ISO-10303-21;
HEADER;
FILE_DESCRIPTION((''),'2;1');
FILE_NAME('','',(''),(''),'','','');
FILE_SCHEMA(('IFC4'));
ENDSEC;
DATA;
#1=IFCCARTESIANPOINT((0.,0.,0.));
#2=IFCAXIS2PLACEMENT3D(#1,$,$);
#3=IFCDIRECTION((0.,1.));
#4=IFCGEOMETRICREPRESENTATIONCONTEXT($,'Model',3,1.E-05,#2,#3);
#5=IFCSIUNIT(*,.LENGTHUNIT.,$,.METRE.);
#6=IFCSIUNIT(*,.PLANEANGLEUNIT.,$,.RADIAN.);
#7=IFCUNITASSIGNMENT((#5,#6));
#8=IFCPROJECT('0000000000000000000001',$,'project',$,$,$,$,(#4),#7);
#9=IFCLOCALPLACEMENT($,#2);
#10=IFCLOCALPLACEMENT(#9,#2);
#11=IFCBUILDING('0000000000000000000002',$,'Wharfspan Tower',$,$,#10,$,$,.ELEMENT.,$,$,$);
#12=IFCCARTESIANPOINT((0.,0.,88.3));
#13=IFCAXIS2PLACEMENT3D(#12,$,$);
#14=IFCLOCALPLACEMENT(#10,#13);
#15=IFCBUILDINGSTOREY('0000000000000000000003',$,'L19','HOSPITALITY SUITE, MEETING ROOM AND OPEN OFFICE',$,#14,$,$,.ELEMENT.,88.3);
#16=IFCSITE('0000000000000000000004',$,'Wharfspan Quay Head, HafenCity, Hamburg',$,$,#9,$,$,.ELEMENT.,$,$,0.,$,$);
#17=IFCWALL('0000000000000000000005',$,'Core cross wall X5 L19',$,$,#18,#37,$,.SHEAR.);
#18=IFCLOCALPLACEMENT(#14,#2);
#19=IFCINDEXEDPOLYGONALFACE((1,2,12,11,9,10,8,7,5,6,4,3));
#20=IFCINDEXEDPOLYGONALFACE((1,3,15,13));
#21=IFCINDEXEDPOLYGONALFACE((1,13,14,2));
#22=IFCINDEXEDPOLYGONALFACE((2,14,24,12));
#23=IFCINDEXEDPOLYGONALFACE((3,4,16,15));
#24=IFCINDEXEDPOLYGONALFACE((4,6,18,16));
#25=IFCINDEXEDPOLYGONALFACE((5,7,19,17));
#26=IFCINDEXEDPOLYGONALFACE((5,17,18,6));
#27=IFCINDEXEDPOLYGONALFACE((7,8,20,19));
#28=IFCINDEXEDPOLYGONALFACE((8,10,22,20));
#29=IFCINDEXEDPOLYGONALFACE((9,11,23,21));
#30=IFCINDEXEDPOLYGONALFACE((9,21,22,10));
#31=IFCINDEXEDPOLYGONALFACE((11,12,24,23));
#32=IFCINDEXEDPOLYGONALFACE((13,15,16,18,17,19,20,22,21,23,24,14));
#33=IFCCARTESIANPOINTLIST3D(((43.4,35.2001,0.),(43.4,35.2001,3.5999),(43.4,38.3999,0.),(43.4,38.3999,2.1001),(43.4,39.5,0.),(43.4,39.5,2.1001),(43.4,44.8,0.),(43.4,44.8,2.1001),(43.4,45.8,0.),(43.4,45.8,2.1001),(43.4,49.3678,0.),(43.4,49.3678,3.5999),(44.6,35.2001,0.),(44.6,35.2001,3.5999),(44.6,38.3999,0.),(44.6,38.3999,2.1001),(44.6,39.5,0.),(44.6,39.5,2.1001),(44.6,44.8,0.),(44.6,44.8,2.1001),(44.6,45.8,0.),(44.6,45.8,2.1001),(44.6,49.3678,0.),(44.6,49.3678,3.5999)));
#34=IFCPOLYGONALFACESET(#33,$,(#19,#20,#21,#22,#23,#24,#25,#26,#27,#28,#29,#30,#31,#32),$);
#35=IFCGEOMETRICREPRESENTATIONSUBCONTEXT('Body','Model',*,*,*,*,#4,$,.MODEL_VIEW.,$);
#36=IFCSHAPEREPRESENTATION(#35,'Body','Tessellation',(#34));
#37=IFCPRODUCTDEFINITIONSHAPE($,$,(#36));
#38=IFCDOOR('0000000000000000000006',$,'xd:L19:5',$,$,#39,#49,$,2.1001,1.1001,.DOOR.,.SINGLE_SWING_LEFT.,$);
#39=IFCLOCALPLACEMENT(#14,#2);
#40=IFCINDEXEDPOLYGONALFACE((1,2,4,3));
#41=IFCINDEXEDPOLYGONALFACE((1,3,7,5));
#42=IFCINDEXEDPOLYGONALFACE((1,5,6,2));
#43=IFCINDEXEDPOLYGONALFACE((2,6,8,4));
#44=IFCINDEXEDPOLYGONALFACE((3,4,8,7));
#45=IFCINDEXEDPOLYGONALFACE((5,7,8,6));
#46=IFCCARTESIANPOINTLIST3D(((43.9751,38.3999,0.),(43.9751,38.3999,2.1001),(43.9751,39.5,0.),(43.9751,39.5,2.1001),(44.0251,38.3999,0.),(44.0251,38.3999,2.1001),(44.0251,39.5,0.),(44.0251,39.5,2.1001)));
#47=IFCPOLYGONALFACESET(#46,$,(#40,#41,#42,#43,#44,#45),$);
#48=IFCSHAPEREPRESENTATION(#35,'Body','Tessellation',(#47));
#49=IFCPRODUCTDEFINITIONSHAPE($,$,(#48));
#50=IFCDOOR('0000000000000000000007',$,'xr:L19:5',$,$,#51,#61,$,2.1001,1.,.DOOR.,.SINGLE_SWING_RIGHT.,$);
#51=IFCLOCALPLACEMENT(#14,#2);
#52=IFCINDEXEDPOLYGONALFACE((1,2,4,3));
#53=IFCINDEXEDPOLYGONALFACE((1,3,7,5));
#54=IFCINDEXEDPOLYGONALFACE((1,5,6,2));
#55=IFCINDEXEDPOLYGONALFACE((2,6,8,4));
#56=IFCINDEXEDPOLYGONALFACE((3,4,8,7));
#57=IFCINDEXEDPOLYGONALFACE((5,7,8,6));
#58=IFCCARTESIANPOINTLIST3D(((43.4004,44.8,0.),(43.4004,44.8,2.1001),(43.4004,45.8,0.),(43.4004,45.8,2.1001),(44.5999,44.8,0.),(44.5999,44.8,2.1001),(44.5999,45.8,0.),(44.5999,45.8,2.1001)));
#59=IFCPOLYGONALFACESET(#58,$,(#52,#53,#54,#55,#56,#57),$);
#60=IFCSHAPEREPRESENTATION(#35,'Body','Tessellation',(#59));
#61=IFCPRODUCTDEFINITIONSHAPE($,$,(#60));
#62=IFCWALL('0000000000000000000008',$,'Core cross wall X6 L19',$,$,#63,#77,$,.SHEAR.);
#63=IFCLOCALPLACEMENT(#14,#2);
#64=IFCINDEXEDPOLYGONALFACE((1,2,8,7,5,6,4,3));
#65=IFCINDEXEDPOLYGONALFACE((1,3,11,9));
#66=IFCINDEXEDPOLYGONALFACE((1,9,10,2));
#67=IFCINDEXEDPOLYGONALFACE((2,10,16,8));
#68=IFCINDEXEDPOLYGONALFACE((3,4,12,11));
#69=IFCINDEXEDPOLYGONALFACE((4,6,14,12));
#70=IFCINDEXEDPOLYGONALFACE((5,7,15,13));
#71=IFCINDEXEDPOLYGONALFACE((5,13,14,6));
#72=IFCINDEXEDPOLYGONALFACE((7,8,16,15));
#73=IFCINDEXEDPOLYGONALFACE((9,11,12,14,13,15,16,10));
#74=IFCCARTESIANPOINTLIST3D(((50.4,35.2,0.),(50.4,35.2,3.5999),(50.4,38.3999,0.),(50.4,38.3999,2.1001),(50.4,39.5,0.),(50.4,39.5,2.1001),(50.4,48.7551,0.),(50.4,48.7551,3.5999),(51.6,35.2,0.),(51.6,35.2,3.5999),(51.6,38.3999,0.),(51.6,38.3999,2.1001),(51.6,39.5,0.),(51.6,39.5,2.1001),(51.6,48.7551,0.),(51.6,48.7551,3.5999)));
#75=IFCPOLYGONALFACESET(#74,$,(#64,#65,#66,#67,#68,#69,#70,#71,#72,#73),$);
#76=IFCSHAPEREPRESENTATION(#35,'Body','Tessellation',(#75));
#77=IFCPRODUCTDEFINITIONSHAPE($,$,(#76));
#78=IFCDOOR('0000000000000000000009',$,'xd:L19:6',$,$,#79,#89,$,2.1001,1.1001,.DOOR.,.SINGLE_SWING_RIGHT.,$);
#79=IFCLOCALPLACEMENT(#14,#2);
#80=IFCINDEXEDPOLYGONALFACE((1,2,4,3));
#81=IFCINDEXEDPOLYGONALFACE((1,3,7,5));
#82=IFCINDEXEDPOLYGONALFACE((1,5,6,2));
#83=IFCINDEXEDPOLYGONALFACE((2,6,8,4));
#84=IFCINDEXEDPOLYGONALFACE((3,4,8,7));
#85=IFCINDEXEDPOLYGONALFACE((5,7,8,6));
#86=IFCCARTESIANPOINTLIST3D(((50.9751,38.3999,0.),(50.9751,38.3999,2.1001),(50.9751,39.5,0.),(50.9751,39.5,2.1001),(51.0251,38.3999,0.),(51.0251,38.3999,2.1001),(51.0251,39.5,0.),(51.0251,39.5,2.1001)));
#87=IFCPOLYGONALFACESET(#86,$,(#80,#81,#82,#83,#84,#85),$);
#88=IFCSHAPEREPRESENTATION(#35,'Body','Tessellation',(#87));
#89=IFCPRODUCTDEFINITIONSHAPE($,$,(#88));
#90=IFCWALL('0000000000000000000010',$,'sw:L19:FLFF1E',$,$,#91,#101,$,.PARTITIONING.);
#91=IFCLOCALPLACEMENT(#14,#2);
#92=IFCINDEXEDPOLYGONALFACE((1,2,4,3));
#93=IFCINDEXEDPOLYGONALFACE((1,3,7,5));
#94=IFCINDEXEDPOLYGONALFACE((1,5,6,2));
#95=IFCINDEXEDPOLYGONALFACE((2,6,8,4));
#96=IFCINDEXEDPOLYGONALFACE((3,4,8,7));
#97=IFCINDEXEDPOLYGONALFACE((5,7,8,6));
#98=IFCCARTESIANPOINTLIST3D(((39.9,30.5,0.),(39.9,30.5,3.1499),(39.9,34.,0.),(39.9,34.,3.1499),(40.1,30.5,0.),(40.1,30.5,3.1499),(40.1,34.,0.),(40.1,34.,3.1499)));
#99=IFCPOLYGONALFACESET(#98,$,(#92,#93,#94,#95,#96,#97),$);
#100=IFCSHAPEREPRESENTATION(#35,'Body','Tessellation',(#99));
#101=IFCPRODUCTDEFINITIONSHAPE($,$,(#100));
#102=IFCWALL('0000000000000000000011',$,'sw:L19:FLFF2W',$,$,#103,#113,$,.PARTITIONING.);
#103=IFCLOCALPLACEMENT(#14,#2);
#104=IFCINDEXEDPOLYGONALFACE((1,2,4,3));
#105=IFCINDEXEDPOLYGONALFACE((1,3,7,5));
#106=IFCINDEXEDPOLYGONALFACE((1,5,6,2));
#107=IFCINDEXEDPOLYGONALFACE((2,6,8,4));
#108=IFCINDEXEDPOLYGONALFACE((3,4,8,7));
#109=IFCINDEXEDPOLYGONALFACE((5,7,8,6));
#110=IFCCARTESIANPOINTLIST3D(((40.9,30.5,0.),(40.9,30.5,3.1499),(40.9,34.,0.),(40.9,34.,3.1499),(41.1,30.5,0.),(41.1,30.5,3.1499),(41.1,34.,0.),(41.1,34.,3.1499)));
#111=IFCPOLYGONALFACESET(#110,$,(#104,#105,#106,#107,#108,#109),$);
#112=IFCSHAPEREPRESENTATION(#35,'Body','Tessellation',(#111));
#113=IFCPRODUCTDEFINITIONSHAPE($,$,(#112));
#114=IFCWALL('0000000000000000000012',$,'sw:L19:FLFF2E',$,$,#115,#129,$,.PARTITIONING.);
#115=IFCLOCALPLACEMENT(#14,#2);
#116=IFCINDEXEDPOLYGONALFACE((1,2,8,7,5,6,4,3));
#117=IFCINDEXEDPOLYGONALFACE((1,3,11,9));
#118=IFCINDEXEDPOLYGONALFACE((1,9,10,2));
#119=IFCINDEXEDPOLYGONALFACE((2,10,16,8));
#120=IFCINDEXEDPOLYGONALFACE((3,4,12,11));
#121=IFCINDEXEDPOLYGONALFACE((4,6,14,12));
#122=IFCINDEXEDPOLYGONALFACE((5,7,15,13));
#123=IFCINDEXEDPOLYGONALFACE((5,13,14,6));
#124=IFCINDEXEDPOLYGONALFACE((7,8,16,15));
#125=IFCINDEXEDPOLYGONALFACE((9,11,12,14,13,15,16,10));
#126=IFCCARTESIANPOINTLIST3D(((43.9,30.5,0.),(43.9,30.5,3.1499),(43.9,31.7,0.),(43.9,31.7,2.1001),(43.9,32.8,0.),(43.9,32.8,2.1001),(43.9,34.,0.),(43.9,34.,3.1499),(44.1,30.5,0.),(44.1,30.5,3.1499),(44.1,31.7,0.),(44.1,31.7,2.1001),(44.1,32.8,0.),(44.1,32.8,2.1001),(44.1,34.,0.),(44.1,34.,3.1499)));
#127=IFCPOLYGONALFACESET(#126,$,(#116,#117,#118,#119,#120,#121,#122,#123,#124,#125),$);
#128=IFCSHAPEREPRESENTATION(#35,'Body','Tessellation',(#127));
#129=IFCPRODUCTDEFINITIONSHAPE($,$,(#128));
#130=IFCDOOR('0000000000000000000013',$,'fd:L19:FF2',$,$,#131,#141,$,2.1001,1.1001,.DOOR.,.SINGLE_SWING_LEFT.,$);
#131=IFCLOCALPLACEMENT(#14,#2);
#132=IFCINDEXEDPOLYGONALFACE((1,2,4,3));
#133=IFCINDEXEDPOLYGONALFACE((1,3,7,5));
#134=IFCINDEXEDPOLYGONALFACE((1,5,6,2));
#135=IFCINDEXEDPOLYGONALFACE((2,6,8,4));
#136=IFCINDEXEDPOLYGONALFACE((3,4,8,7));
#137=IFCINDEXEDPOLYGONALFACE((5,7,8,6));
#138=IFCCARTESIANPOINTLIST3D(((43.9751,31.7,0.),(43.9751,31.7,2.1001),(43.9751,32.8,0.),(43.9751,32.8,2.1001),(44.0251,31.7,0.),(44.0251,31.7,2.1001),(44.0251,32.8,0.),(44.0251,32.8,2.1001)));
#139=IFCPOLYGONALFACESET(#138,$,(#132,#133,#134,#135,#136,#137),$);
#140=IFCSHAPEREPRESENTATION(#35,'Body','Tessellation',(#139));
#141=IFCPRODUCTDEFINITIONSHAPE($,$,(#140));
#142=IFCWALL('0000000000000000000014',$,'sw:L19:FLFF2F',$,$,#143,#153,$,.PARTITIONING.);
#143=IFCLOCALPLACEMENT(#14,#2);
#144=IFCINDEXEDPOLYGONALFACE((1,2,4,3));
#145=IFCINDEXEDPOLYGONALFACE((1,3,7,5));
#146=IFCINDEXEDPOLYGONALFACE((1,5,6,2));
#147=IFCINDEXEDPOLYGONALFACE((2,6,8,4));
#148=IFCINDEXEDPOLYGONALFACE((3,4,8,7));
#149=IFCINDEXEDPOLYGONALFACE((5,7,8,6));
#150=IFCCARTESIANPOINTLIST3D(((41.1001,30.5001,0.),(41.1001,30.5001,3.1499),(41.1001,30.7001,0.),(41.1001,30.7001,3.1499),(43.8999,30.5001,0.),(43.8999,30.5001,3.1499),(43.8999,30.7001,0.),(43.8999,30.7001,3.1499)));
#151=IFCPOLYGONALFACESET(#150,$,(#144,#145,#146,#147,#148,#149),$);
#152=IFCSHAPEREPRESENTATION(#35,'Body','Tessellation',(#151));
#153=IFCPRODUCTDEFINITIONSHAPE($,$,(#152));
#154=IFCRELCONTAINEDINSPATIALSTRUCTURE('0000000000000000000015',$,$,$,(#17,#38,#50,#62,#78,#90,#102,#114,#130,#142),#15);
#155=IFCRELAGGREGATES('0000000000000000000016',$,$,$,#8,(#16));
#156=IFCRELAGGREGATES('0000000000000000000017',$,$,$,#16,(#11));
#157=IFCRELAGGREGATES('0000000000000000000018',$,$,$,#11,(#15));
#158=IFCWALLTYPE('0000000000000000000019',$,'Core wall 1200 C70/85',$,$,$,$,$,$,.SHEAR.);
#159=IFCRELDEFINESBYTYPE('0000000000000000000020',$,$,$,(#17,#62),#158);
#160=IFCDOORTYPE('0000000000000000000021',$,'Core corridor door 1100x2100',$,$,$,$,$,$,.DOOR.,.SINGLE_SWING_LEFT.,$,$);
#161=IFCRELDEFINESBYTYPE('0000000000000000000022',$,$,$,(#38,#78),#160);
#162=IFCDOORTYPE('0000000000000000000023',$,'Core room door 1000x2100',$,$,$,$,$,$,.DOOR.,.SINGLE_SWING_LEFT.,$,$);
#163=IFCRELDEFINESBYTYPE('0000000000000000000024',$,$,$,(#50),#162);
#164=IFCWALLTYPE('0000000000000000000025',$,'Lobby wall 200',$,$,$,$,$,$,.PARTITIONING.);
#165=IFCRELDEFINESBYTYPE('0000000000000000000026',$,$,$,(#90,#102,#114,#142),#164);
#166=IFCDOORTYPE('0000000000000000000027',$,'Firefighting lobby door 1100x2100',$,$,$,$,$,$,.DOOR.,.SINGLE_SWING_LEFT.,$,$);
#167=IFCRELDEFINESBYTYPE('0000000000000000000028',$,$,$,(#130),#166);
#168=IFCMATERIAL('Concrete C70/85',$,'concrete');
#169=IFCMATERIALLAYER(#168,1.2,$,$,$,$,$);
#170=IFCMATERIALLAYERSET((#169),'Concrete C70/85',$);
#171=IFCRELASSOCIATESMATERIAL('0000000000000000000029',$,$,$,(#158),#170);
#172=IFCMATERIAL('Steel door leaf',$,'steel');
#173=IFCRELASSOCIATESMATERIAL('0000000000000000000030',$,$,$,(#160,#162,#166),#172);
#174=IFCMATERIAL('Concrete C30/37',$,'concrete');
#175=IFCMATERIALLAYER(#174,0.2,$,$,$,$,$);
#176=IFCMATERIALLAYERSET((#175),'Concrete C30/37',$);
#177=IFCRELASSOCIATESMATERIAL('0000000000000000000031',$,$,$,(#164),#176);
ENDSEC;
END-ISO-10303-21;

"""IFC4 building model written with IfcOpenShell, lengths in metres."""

from ifc_helpers import new_model, si_unit, direction, frame, frame_2d, origin, place, context, subcontext, project, spatial, rectangle, extrude, material, layer, layer_set, type_object, element, fill, save


model = new_model("IFC4")

# Units and contexts
model_context = context("Model", 3, precision=1e-05, world=origin(), true_north=direction((0.0, 1.0)))
body_context = subcontext(model_context, "Body", "Model", "MODEL_VIEW")
ifc_project = project(units=[si_unit("LENGTHUNIT", "METRE"), si_unit("PLANEANGLEUNIT", "RADIAN")], contexts=[model_context])

# Site, building, storey
site_placement = place(None, origin())
site = spatial("IfcSite", under=ifc_project, at=site_placement, Name="Wharfspan Quay Head, HafenCity, Hamburg", CompositionType="ELEMENT", RefElevation=0.0)
building_placement = place(site_placement, origin())
building = spatial("IfcBuilding", under=site, at=building_placement, Name="Wharfspan Tower", CompositionType="ELEMENT")
storey_placement = place(building_placement, frame((0.0, 0.0, 88.3)))
storey = spatial("IfcBuildingStorey", under=building, at=storey_placement, Name="L19", Description="HOSPITALITY SUITE, MEETING ROOM AND OPEN OFFICE", CompositionType="ELEMENT", Elevation=88.3)

# Wall, openings, doors
ifc_material_1 = material(Name="Concrete C70/85", Category="concrete")
ifc_layer_1 = layer(ifc_material_1, 1.2)
ifc_layer_set_1 = layer_set([ifc_layer_1], Name="Concrete C70/85")
wall_type_1 = type_object("IfcWallType", Name="Core wall 1200 C70/85", PredefinedType="SHEAR", material=ifc_layer_set_1)
wall_1_placement = place(storey_placement, frame((44.0, 35.2, 0.0), z_axis=(0.0, 0.0, 1.0), x_axis=(0.0, 1.0, 0.0)))
wall_1 = element("IfcWall", 1, at=wall_1_placement, inside=storey, type_object=wall_type_1, Name="Core cross wall X5 L19", PredefinedType="SHEAR", context=body_context, shape_type="SweptSolid", body=[
    extrude(rectangle(XDim=14.1677, YDim=1.2, at=frame_2d((7.084, 0.0))), origin(), (0.0, 0.0, 1.0), 3.5999),
])
opening_1_placement = place(wall_1_placement, frame((3.2, 0.0, 0.0)))
opening_1 = element("IfcOpeningElement", 2, at=opening_1_placement, cuts=wall_1, PredefinedType="OPENING", context=body_context, shape_type="SweptSolid", body=[
    extrude(rectangle(XDim=1.1001, YDim=2.1001, at=frame_2d((0.55, 1.05))), frame((0.0, 0.6099, 0.0), z_axis=(0.0, -1.0, 0.0), x_axis=(1.0, 0.0, 0.0)), (0.0, 0.0, 1.0), 1.22),
])
opening_2_placement = place(wall_1_placement, frame((9.6001, 0.0, 0.0)))
opening_2 = element("IfcOpeningElement", 3, at=opening_2_placement, cuts=wall_1, PredefinedType="OPENING", context=body_context, shape_type="SweptSolid", body=[
    extrude(rectangle(XDim=1.0, YDim=2.1001, at=frame_2d((0.5, 1.05))), frame((0.0, 0.6099, 0.0), z_axis=(0.0, -1.0, 0.0), x_axis=(1.0, 0.0, 0.0)), (0.0, 0.0, 1.0), 1.22),
])
ifc_material_2 = material(Name="Steel door leaf", Category="steel")
door_type_1 = type_object("IfcDoorType", Name="Core corridor door 1100x2100", OperationType="SINGLE_SWING_LEFT", PredefinedType="DOOR", material=ifc_material_2)
door_1_placement = place(opening_1_placement, origin())
door_1 = element("IfcDoor", 4, at=door_1_placement, inside=storey, type_object=door_type_1, Name="xd:L19:5", OperationType="SINGLE_SWING_LEFT", OverallHeight=2.1001, OverallWidth=1.1001, PredefinedType="DOOR", context=body_context, shape_type="SweptSolid", body=[
    extrude(rectangle(XDim=1.1001, YDim=2.1001, at=frame_2d((0.55, 1.05))), frame((0.0, 0.0249, 0.0), z_axis=(0.0, -1.0, 0.0), x_axis=(1.0, 0.0, 0.0)), (0.0, 0.0, 1.0), 0.05),
])
fill(opening_1, door_1)
door_type_2 = type_object("IfcDoorType", Name="Core room door 1000x2100", OperationType="SINGLE_SWING_LEFT", PredefinedType="DOOR", material=ifc_material_2)
door_2_placement = place(opening_2_placement, origin())
door_2 = element("IfcDoor", 5, at=door_2_placement, inside=storey, type_object=door_type_2, Name="xr:L19:5", OperationType="SINGLE_SWING_RIGHT", OverallHeight=2.1001, OverallWidth=1.0, PredefinedType="DOOR", context=body_context, shape_type="SweptSolid", body=[
    extrude(rectangle(XDim=1.0, YDim=2.1001, at=frame_2d((0.5, 1.05))), frame((0.0, 0.5996, 0.0), z_axis=(0.0, -1.0, 0.0), x_axis=(1.0, 0.0, 0.0)), (0.0, 0.0, 1.0), 1.1995),
])
fill(opening_2, door_2)

# Wall, opening, door
wall_2_placement = place(storey_placement, frame((51.0, 35.2, 0.0), z_axis=(0.0, 0.0, 1.0), x_axis=(0.0, 1.0, 0.0)))
wall_2 = element("IfcWall", 6, at=wall_2_placement, inside=storey, type_object=wall_type_1, Name="Core cross wall X6 L19", PredefinedType="SHEAR", context=body_context, shape_type="SweptSolid", body=[
    extrude(rectangle(XDim=13.5552, YDim=1.2, at=frame_2d((6.7776, 0.0))), origin(), (0.0, 0.0, 1.0), 3.5999),
])
opening_3_placement = place(wall_2_placement, frame((3.2, 0.0, 0.0)))
opening_3 = element("IfcOpeningElement", 7, at=opening_3_placement, cuts=wall_2, PredefinedType="OPENING", context=body_context, shape_type="SweptSolid", body=[
    extrude(rectangle(XDim=1.1001, YDim=2.1001, at=frame_2d((0.55, 1.05))), frame((0.0, 0.6099, 0.0), z_axis=(0.0, -1.0, 0.0), x_axis=(1.0, 0.0, 0.0)), (0.0, 0.0, 1.0), 1.22),
])
door_3_placement = place(opening_3_placement, origin())
door_3 = element("IfcDoor", 8, at=door_3_placement, inside=storey, type_object=door_type_1, Name="xd:L19:6", OperationType="SINGLE_SWING_RIGHT", OverallHeight=2.1001, OverallWidth=1.1001, PredefinedType="DOOR", context=body_context, shape_type="SweptSolid", body=[
    extrude(rectangle(XDim=1.1001, YDim=2.1001, at=frame_2d((0.55, 1.05))), frame((0.0, 0.0249, 0.0), z_axis=(0.0, -1.0, 0.0), x_axis=(1.0, 0.0, 0.0)), (0.0, 0.0, 1.0), 0.05),
])
fill(opening_3, door_3)

# Walls
ifc_material_3 = material(Name="Concrete C30/37", Category="concrete")
ifc_layer_2 = layer(ifc_material_3, 0.2)
ifc_layer_set_2 = layer_set([ifc_layer_2], Name="Concrete C30/37")
wall_type_2 = type_object("IfcWallType", Name="Lobby wall 200", PredefinedType="PARTITIONING", material=ifc_layer_set_2)
for number, where, z_axis, x_axis, name in (
    (9, (40.0, 30.5, 0.0), (0.0, 0.0, 1.0), (0.0, 1.0, 0.0), "sw:L19:FLFF1E"),
    (10, (41.0, 30.5, 0.0), (0.0, 0.0, 1.0), (0.0, 1.0, 0.0), "sw:L19:FLFF2W"),
):
    element("IfcWall", number, at=place(storey_placement, frame(where, z_axis=z_axis, x_axis=x_axis)), inside=storey, type_object=wall_type_2, Name=name, PredefinedType="PARTITIONING", context=body_context, shape_type="SweptSolid", body=[
        extrude(rectangle(XDim=3.5, YDim=0.2, at=frame_2d((1.75, 0.0))), origin(), (0.0, 0.0, 1.0), 3.1499),
    ])

# Wall, opening, door
wall_3_placement = place(storey_placement, frame((44.0, 30.5, 0.0), z_axis=(0.0, 0.0, 1.0), x_axis=(0.0, 1.0, 0.0)))
wall_3 = element("IfcWall", 11, at=wall_3_placement, inside=storey, type_object=wall_type_2, Name="sw:L19:FLFF2E", PredefinedType="PARTITIONING", context=body_context, shape_type="SweptSolid", body=[
    extrude(rectangle(XDim=3.5, YDim=0.2, at=frame_2d((1.75, 0.0))), origin(), (0.0, 0.0, 1.0), 3.1499),
])
opening_4_placement = place(wall_3_placement, frame((1.2, 0.0, 0.0)))
opening_4 = element("IfcOpeningElement", 12, at=opening_4_placement, cuts=wall_3, PredefinedType="OPENING", context=body_context, shape_type="SweptSolid", body=[
    extrude(rectangle(XDim=1.1001, YDim=2.1001, at=frame_2d((0.55, 1.05))), frame((0.0, 0.1099, 0.0), z_axis=(0.0, -1.0, 0.0), x_axis=(1.0, 0.0, 0.0)), (0.0, 0.0, 1.0), 0.22),
])
door_type_3 = type_object("IfcDoorType", Name="Firefighting lobby door 1100x2100", OperationType="SINGLE_SWING_LEFT", PredefinedType="DOOR", material=ifc_material_2)
door_4_placement = place(opening_4_placement, origin())
door_4 = element("IfcDoor", 13, at=door_4_placement, inside=storey, type_object=door_type_3, Name="fd:L19:FF2", OperationType="SINGLE_SWING_LEFT", OverallHeight=2.1001, OverallWidth=1.1001, PredefinedType="DOOR", context=body_context, shape_type="SweptSolid", body=[
    extrude(rectangle(XDim=1.1001, YDim=2.1001, at=frame_2d((0.55, 1.05))), frame((0.0, 0.0249, 0.0), z_axis=(0.0, -1.0, 0.0), x_axis=(1.0, 0.0, 0.0)), (0.0, 0.0, 1.0), 0.05),
])
fill(opening_4, door_4)

# Wall
wall_4_placement = place(storey_placement, frame((41.1001, 30.6001, 0.0), z_axis=(0.0, 0.0, 1.0), x_axis=(1.0, 0.0, 0.0)))
element("IfcWall", 14, at=wall_4_placement, inside=storey, type_object=wall_type_2, Name="sw:L19:FLFF2F", PredefinedType="PARTITIONING", context=body_context, shape_type="SweptSolid", body=[
    extrude(rectangle(XDim=2.7998, YDim=0.2, at=frame_2d((1.3999, 0.0))), origin(), (0.0, 0.0, 1.0), 3.1499),
])

save(model, "model.ifc")
